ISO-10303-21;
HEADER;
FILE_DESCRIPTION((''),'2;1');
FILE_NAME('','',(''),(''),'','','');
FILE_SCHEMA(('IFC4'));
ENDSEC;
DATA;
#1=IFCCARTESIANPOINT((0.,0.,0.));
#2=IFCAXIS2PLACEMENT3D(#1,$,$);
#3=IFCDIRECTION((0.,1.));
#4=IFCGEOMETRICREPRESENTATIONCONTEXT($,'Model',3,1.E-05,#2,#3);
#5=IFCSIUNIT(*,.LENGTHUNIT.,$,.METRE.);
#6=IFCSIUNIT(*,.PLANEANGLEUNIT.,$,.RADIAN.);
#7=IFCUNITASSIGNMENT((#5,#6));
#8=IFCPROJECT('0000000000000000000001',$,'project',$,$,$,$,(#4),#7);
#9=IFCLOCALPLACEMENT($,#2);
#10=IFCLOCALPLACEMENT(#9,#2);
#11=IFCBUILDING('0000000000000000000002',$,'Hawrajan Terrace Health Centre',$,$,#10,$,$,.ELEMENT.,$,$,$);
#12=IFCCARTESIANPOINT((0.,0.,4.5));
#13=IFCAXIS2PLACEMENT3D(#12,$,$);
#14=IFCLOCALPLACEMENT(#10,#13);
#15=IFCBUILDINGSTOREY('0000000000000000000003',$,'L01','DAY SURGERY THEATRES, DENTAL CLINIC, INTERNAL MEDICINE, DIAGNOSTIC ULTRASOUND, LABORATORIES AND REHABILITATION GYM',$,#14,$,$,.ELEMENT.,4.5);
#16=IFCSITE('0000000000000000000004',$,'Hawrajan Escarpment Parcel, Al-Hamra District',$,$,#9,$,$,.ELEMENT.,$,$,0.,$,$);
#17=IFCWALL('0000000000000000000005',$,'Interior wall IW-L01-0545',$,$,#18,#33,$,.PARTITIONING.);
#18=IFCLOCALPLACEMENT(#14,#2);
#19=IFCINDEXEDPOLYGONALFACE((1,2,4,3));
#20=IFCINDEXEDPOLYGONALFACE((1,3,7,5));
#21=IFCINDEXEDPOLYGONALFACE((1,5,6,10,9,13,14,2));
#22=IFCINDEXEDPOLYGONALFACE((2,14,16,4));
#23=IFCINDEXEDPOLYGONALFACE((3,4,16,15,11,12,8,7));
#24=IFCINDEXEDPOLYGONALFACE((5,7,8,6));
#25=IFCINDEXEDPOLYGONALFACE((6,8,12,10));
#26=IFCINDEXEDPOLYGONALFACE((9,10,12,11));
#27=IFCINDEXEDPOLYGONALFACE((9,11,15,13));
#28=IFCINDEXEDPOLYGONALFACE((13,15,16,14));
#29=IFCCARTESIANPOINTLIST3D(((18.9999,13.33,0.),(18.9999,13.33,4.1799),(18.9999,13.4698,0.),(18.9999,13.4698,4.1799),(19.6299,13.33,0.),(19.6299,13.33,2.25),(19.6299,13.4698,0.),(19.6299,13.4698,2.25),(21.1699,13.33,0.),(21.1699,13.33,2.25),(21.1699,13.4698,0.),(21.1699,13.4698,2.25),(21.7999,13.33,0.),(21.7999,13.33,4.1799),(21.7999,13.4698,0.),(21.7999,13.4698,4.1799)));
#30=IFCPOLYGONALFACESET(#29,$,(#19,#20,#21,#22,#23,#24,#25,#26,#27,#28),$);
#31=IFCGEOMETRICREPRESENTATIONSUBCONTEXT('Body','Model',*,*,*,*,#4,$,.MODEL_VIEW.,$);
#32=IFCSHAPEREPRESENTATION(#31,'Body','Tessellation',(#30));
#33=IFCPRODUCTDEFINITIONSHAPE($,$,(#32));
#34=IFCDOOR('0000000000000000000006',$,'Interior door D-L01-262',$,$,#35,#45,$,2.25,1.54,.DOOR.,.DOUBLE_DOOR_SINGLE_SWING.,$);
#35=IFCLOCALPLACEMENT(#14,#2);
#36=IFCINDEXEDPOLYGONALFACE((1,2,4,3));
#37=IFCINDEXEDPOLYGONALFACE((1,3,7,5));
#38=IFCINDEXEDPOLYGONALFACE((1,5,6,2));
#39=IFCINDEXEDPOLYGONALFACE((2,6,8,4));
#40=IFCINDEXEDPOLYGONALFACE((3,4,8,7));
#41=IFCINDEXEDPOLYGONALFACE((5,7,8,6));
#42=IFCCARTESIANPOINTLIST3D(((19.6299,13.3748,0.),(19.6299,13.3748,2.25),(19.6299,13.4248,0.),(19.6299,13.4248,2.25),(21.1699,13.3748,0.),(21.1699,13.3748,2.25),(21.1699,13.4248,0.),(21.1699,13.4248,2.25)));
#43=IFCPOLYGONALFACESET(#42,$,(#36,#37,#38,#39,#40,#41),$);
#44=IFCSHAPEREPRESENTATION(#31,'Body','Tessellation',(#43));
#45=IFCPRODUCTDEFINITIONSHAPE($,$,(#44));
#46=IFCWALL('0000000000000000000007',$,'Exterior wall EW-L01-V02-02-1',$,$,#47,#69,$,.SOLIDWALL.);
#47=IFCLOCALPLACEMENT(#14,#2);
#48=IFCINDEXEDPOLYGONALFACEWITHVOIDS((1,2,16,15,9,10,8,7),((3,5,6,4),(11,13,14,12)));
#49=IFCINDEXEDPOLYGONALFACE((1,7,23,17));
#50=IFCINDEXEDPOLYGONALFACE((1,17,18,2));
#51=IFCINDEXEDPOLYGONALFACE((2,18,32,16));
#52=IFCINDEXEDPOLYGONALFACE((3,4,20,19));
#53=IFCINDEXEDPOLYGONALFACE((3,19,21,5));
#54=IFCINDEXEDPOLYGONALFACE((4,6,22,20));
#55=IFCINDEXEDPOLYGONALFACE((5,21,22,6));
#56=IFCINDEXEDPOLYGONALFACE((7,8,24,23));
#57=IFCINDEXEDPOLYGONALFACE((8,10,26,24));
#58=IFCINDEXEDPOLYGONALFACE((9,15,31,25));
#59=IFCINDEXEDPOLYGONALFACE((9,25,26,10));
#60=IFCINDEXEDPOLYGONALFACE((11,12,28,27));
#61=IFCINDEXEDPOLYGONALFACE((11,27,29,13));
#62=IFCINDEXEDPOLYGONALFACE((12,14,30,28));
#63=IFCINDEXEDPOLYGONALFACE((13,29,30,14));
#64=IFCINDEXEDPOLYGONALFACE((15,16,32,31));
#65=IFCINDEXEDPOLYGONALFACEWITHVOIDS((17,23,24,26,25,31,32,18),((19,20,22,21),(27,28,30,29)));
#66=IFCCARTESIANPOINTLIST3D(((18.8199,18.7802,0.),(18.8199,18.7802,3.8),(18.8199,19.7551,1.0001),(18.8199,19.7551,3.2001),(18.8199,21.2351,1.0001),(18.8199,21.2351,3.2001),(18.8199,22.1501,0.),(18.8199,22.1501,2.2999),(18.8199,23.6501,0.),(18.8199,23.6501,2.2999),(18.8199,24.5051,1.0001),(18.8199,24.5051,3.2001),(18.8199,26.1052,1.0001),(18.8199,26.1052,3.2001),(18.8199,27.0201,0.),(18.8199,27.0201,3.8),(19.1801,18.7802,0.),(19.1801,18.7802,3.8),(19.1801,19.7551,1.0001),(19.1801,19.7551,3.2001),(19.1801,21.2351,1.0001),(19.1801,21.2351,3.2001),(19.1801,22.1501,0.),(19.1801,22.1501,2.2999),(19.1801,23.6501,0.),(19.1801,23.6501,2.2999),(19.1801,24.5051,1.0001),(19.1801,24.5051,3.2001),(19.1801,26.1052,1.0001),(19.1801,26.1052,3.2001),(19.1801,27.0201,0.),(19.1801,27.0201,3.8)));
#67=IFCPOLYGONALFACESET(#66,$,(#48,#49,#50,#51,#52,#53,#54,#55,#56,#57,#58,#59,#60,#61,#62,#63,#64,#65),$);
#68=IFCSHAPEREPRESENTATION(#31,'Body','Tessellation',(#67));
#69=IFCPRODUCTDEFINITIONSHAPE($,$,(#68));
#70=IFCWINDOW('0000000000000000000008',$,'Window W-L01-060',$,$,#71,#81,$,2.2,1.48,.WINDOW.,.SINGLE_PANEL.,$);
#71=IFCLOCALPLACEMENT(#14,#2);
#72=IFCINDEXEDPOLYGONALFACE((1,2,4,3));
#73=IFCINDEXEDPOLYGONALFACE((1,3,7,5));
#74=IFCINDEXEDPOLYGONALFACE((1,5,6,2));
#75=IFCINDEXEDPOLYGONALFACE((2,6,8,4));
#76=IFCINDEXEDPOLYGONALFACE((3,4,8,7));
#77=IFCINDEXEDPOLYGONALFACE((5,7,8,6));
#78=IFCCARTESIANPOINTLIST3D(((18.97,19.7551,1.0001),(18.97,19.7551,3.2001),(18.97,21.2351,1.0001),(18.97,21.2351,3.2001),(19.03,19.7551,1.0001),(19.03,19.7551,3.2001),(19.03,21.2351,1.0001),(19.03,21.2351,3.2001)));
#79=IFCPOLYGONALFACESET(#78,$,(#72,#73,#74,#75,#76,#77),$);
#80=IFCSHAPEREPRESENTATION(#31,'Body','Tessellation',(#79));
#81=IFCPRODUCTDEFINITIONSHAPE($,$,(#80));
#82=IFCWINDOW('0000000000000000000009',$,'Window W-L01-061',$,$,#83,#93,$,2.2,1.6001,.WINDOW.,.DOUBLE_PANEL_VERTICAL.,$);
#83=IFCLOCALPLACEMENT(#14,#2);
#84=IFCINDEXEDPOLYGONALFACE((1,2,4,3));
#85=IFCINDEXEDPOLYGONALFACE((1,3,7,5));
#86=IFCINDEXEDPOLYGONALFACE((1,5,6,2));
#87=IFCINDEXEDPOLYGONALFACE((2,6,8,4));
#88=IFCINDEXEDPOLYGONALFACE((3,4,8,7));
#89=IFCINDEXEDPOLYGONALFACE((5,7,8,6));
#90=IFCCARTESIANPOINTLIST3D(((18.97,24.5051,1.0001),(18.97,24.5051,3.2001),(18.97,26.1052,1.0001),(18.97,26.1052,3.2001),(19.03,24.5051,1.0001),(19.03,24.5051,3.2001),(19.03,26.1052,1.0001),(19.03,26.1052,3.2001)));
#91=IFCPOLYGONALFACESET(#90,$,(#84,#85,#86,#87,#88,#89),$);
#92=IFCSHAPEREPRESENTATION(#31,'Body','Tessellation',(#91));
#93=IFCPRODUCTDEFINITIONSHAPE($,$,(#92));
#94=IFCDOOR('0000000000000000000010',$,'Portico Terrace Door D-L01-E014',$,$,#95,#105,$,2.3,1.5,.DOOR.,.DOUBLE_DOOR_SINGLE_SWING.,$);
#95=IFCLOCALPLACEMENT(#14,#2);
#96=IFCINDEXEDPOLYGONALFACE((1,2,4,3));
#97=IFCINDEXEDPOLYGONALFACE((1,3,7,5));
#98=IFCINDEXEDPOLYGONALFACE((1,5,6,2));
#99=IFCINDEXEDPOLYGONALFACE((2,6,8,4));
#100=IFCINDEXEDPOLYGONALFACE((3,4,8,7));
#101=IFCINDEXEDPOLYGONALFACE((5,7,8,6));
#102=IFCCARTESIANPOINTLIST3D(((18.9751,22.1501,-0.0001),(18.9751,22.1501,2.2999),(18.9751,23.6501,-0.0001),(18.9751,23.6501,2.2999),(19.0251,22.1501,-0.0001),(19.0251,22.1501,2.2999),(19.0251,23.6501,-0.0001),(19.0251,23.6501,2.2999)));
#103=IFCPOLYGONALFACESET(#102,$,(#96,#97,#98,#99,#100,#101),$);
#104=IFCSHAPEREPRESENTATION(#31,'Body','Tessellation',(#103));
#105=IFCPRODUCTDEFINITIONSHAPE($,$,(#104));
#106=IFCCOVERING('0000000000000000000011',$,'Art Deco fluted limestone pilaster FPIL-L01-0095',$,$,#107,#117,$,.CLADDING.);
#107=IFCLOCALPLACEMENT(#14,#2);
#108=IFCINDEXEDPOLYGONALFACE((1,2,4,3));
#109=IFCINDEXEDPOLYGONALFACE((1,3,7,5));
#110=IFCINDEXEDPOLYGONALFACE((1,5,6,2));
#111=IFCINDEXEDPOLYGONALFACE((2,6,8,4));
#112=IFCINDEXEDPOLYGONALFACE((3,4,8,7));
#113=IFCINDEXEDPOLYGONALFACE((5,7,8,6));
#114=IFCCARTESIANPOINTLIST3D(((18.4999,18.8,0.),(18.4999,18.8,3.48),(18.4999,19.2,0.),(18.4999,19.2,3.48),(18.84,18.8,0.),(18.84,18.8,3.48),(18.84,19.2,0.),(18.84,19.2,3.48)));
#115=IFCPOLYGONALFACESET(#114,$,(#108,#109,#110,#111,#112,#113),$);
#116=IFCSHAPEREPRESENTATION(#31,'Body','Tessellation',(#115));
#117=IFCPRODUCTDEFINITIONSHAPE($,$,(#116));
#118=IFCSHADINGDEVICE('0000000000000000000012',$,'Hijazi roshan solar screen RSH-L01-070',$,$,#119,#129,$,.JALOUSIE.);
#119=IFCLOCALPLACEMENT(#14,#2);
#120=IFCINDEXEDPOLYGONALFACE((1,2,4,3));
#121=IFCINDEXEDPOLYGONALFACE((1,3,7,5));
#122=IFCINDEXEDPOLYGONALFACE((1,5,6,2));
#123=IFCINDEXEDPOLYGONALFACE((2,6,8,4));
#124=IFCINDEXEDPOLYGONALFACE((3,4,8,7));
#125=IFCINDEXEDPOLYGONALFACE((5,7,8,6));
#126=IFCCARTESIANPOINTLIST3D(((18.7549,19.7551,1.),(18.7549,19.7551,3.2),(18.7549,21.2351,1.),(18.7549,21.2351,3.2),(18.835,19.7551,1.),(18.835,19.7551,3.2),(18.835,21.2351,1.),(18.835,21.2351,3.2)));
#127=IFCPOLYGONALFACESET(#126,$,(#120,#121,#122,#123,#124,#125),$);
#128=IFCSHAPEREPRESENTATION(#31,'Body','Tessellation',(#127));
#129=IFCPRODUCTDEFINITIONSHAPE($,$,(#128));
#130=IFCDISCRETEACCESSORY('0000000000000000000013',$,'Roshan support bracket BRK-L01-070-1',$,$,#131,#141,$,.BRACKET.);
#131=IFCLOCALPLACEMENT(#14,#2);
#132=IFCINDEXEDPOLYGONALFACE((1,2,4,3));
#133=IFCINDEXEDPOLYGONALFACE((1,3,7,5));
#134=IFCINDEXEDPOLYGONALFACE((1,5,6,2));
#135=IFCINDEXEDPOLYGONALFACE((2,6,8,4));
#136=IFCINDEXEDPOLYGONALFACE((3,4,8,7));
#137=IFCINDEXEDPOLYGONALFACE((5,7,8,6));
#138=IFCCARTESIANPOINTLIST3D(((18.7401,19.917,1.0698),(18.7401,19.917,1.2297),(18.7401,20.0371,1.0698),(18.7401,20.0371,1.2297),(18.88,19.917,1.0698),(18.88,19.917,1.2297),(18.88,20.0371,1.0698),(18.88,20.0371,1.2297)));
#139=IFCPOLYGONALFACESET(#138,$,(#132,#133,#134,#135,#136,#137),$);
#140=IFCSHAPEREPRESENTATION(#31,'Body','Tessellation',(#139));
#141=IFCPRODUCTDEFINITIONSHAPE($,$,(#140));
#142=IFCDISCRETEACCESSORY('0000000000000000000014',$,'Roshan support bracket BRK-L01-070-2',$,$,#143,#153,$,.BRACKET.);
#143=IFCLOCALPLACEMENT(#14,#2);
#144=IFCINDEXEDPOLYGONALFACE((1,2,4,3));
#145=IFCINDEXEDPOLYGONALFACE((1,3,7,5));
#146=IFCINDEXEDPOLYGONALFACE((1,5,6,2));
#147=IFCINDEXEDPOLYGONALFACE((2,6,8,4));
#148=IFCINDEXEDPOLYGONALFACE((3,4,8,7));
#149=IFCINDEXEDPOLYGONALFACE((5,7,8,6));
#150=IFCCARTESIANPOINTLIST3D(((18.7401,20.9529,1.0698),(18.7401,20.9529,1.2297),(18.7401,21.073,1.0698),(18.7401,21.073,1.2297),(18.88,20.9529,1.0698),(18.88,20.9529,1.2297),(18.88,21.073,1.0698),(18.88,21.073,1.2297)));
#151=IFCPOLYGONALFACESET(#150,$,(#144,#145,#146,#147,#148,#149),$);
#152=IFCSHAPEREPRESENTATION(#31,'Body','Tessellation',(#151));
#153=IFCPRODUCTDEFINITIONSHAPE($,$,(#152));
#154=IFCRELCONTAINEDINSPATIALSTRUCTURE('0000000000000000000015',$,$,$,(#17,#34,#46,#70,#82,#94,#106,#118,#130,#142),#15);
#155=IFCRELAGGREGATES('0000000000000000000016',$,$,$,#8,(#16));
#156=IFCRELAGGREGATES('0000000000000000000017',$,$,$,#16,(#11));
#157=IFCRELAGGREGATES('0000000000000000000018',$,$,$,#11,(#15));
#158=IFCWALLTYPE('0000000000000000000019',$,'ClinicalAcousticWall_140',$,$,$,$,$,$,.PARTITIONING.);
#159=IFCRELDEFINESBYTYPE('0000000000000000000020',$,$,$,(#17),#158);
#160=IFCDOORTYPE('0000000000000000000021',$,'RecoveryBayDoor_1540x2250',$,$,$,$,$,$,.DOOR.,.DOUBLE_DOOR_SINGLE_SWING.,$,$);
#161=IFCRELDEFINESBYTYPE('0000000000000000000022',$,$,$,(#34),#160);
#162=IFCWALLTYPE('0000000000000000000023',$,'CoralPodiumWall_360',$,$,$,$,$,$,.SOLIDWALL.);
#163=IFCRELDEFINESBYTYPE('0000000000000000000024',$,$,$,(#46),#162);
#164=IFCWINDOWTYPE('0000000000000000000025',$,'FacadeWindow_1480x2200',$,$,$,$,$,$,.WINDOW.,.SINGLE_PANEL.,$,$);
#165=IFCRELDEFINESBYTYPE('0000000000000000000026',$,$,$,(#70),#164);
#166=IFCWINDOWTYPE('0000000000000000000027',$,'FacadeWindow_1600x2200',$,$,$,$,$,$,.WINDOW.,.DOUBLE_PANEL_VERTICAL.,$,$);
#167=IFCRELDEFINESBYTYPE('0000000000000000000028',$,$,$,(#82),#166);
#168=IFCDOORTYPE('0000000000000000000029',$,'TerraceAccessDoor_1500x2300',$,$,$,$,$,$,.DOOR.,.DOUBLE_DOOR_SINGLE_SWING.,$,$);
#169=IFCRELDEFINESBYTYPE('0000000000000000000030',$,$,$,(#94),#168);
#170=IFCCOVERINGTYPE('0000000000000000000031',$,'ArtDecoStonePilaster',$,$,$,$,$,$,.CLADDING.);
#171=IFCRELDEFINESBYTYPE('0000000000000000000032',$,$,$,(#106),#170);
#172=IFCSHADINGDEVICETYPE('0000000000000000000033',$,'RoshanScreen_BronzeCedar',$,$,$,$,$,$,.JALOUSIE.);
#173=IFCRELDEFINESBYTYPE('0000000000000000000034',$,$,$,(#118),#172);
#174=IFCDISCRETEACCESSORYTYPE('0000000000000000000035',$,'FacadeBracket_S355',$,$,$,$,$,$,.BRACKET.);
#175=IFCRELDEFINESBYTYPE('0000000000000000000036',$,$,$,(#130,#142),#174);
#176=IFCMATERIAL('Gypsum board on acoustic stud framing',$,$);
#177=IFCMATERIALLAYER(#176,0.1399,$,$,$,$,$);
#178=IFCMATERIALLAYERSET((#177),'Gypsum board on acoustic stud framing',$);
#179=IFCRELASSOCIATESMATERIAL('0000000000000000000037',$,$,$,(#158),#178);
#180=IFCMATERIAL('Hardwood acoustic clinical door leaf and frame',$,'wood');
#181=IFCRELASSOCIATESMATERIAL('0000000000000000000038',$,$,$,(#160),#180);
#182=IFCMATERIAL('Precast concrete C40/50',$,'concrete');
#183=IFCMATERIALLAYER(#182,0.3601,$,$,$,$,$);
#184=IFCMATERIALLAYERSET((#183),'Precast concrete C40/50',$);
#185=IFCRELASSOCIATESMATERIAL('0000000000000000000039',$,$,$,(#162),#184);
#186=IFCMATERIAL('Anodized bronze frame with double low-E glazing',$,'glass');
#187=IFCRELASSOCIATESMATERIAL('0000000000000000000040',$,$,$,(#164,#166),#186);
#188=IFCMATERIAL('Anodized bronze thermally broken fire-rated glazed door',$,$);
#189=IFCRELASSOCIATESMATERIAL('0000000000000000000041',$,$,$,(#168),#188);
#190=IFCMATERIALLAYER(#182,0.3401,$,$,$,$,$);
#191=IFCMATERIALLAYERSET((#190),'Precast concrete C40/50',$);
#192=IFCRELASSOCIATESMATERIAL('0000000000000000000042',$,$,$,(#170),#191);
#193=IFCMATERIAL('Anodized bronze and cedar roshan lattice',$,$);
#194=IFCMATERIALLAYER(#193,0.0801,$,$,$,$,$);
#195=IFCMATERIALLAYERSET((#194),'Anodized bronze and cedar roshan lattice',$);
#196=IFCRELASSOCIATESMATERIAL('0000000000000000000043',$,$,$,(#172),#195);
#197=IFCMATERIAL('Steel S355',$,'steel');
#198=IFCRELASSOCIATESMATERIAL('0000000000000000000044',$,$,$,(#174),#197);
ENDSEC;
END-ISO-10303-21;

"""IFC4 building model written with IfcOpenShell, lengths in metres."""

from ifc_helpers import new_model, si_unit, direction, frame, frame_2d, origin, origin_2d, place, context, subcontext, project, spatial, rectangle, extrude, material, layer, layer_set, type_object, element, fill, save


model = new_model("IFC4")

# Units and contexts
model_context = context("Model", 3, precision=1e-05, world=origin(), true_north=direction((0.0, 1.0)))
body_context = subcontext(model_context, "Body", "Model", "MODEL_VIEW")
ifc_project = project(units=[si_unit("LENGTHUNIT", "METRE"), si_unit("PLANEANGLEUNIT", "RADIAN")], contexts=[model_context])

# Site, building, storey
site_placement = place(None, origin())
site = spatial("IfcSite", under=ifc_project, at=site_placement, Name="Hawrajan Escarpment Parcel, Al-Hamra District", CompositionType="ELEMENT", RefElevation=0.0)
building_placement = place(site_placement, origin())
building = spatial("IfcBuilding", under=site, at=building_placement, Name="Hawrajan Terrace Health Centre", CompositionType="ELEMENT")
storey_placement = place(building_placement, frame((0.0, 0.0, 4.5)))
storey = spatial("IfcBuildingStorey", under=building, at=storey_placement, Name="L01", Description="DAY SURGERY THEATRES, DENTAL CLINIC, INTERNAL MEDICINE, DIAGNOSTIC ULTRASOUND, LABORATORIES AND REHABILITATION GYM", CompositionType="ELEMENT", Elevation=4.5)

# Shared definitions
ifc_material_1 = material(Name="Steel S355", Category="steel")

# Shared definitions
ifc_material_2 = material(Name="Gypsum board on acoustic stud framing")
ifc_layer_1 = layer(ifc_material_2, 0.1399)
ifc_layer_set_1 = layer_set([ifc_layer_1], Name="Gypsum board on acoustic stud framing")
wall_type_1 = type_object("IfcWallType", Name="ClinicalAcousticWall_140", PredefinedType="PARTITIONING", material=ifc_layer_set_1)

# Wall, opening, door
wall_1_placement = place(storey_placement, frame((19.0, 13.3999, 0.0), z_axis=(0.0, 0.0, 1.0), x_axis=(1.0, 0.0, 0.0)))
wall_1 = element("IfcWall", 1, at=wall_1_placement, inside=storey, type_object=wall_type_1, Name="Interior wall IW-L01-0545", PredefinedType="PARTITIONING", context=body_context, shape_type="SweptSolid", body=[
    extrude(rectangle(XDim=2.8, YDim=0.1399, at=frame_2d((1.3999, 0.0))), origin(), (0.0, 0.0, 1.0), 4.1799),
])
opening_1_placement = place(wall_1_placement, frame((0.6299, 0.0, 0.0)))
opening_1 = element("IfcOpeningElement", 2, at=opening_1_placement, cuts=wall_1, PredefinedType="OPENING", context=body_context, shape_type="SweptSolid", body=[
    extrude(rectangle(XDim=1.54, YDim=2.25, at=frame_2d((0.77, 1.125))), frame((0.0, 0.0798, 0.0), z_axis=(0.0, -1.0, 0.0), x_axis=(1.0, 0.0, 0.0)), (0.0, 0.0, 1.0), 0.1599),
])
ifc_material_3 = material(Name="Hardwood acoustic clinical door leaf and frame", Category="wood")
door_type_1 = type_object("IfcDoorType", Name="RecoveryBayDoor_1540x2250", OperationType="DOUBLE_DOOR_SINGLE_SWING", PredefinedType="DOOR", material=ifc_material_3)
door_1_placement = place(opening_1_placement, origin())
door_1 = element("IfcDoor", 3, at=door_1_placement, inside=storey, type_object=door_type_1, Name="Interior door D-L01-262", OperationType="DOUBLE_DOOR_SINGLE_SWING", OverallHeight=2.25, OverallWidth=1.54, PredefinedType="DOOR", context=body_context, shape_type="SweptSolid", body=[
    extrude(rectangle(XDim=1.54, YDim=2.25, at=frame_2d((0.77, 1.125))), frame((0.0, 0.0249, 0.0), z_axis=(0.0, -1.0, 0.0), x_axis=(1.0, 0.0, 0.0)), (0.0, 0.0, 1.0), 0.05),
])
fill(opening_1, door_1)

# Wall, openings, windows, door
ifc_material_4 = material(Name="Precast concrete C40/50", Category="concrete")
ifc_layer_2 = layer(ifc_material_4, 0.3601)
ifc_layer_set_2 = layer_set([ifc_layer_2], Name="Precast concrete C40/50")
wall_type_2 = type_object("IfcWallType", Name="CoralPodiumWall_360", PredefinedType="SOLIDWALL", material=ifc_layer_set_2)
wall_2_placement = place(storey_placement, frame((19.0, 18.78, 0.0), z_axis=(0.0, 0.0, 1.0), x_axis=(0.0, 1.0, 0.0)))
wall_2 = element("IfcWall", 4, at=wall_2_placement, inside=storey, type_object=wall_type_2, Name="Exterior wall EW-L01-V02-02-1", PredefinedType="SOLIDWALL", context=body_context, shape_type="SweptSolid", body=[
    extrude(rectangle(XDim=8.24, YDim=0.3601, at=frame_2d((4.1201, 0.0))), origin(), (0.0, 0.0, 1.0), 3.8),
])
opening_2_placement = place(wall_2_placement, frame((3.3701, 0.0, 0.0)))
opening_2 = element("IfcOpeningElement", 5, at=opening_2_placement, cuts=wall_2, PredefinedType="OPENING", context=body_context, shape_type="SweptSolid", body=[
    extrude(rectangle(XDim=1.5, YDim=2.3, at=frame_2d((0.75, 1.1499))), frame((0.0, 0.1899, 0.0), z_axis=(0.0, -1.0, 0.0), x_axis=(1.0, 0.0, 0.0)), (0.0, 0.0, 1.0), 0.3801),
])
opening_3_placement = place(wall_2_placement, frame((0.9751, 0.0, 1.0)))
opening_3 = element("IfcOpeningElement", 6, at=opening_3_placement, cuts=wall_2, PredefinedType="OPENING", context=body_context, shape_type="SweptSolid", body=[
    extrude(rectangle(XDim=1.48, YDim=2.2, at=frame_2d((0.74, 1.1001))), frame((0.0, 0.1899, 0.0), z_axis=(0.0, -1.0, 0.0), x_axis=(1.0, 0.0, 0.0)), (0.0, 0.0, 1.0), 0.3801),
])
opening_4_placement = place(wall_2_placement, frame((5.7251, 0.0, 1.0)))
opening_4 = element("IfcOpeningElement", 7, at=opening_4_placement, cuts=wall_2, PredefinedType="OPENING", context=body_context, shape_type="SweptSolid", body=[
    extrude(rectangle(XDim=1.6001, YDim=2.2, at=frame_2d((0.8, 1.1001))), frame((0.0, 0.1899, 0.0), z_axis=(0.0, -1.0, 0.0), x_axis=(1.0, 0.0, 0.0)), (0.0, 0.0, 1.0), 0.3801),
])
ifc_material_5 = material(Name="Anodized bronze frame with double low-E glazing", Category="glass")
window_type_1 = type_object("IfcWindowType", Name="FacadeWindow_1480x2200", PartitioningType="SINGLE_PANEL", PredefinedType="WINDOW", material=ifc_material_5)
window_1_placement = place(opening_3_placement, origin())
window_1 = element("IfcWindow", 8, at=window_1_placement, inside=storey, type_object=window_type_1, Name="Window W-L01-060", OverallHeight=2.2, OverallWidth=1.48, PartitioningType="SINGLE_PANEL", PredefinedType="WINDOW", context=body_context, shape_type="SweptSolid", body=[
    extrude(rectangle(XDim=1.48, YDim=2.2, at=frame_2d((0.74, 1.1001))), frame((0.0, 0.03, 0.0), z_axis=(0.0, -1.0, 0.0), x_axis=(1.0, 0.0, 0.0)), (0.0, 0.0, 1.0), 0.0601),
])
fill(opening_3, window_1)
window_type_2 = type_object("IfcWindowType", Name="FacadeWindow_1600x2200", PartitioningType="DOUBLE_PANEL_VERTICAL", PredefinedType="WINDOW", material=ifc_material_5)
window_2_placement = place(opening_4_placement, origin())
window_2 = element("IfcWindow", 9, at=window_2_placement, inside=storey, type_object=window_type_2, Name="Window W-L01-061", OverallHeight=2.2, OverallWidth=1.6001, PartitioningType="DOUBLE_PANEL_VERTICAL", PredefinedType="WINDOW", context=body_context, shape_type="SweptSolid", body=[
    extrude(rectangle(XDim=1.6001, YDim=2.2, at=frame_2d((0.8, 1.1001))), frame((0.0, 0.03, 0.0), z_axis=(0.0, -1.0, 0.0), x_axis=(1.0, 0.0, 0.0)), (0.0, 0.0, 1.0), 0.0601),
])
fill(opening_4, window_2)
ifc_material_6 = material(Name="Anodized bronze thermally broken fire-rated glazed door")
door_type_2 = type_object("IfcDoorType", Name="TerraceAccessDoor_1500x2300", OperationType="DOUBLE_DOOR_SINGLE_SWING", PredefinedType="DOOR", material=ifc_material_6)
door_2_placement = place(opening_2_placement, origin())
door_2 = element("IfcDoor", 10, at=door_2_placement, inside=storey, type_object=door_type_2, Name="Portico Terrace Door D-L01-E014", OperationType="DOUBLE_DOOR_SINGLE_SWING", OverallHeight=2.3, OverallWidth=1.5, PredefinedType="DOOR", context=body_context, shape_type="SweptSolid", body=[
    extrude(rectangle(XDim=1.5, YDim=2.3, at=frame_2d((0.75, 1.1499))), frame((0.0, 0.0249, 0.0), z_axis=(0.0, -1.0, 0.0), x_axis=(1.0, 0.0, 0.0)), (0.0, 0.0, 1.0), 0.05),
])
fill(opening_2, door_2)

# Covering
ifc_layer_3 = layer(ifc_material_4, 0.3401)
ifc_layer_set_3 = layer_set([ifc_layer_3], Name="Precast concrete C40/50")
covering_type = type_object("IfcCoveringType", Name="ArtDecoStonePilaster", PredefinedType="CLADDING", material=ifc_layer_set_3)
covering_placement = place(storey_placement, frame((18.6699, 19.0, 0.0), z_axis=(0.0, 0.0, 1.0), x_axis=(0.0, 1.0, 0.0)))
element("IfcCovering", 11, at=covering_placement, inside=storey, type_object=covering_type, Name="Art Deco fluted limestone pilaster FPIL-L01-0095", PredefinedType="CLADDING", context=body_context, shape_type="SweptSolid", body=[
    extrude(rectangle(XDim=0.3999, YDim=0.3401, at=origin_2d()), origin(), (0.0, 0.0, 1.0), 3.48),
])

# Shading device
ifc_material_7 = material(Name="Anodized bronze and cedar roshan lattice")
ifc_layer_4 = layer(ifc_material_7, 0.0801)
ifc_layer_set_4 = layer_set([ifc_layer_4], Name="Anodized bronze and cedar roshan lattice")
shading_device_type = type_object("IfcShadingDeviceType", Name="RoshanScreen_BronzeCedar", PredefinedType="JALOUSIE", material=ifc_layer_set_4)
shading_device_placement = place(storey_placement, frame((18.7949, 20.4951, 1.0), z_axis=(0.0, 0.0, 1.0), x_axis=(0.0, 1.0, 0.0)))
element("IfcShadingDevice", 12, at=shading_device_placement, inside=storey, type_object=shading_device_type, Name="Hijazi roshan solar screen RSH-L01-070", PredefinedType="JALOUSIE", context=body_context, shape_type="SweptSolid", body=[
    extrude(rectangle(XDim=1.48, YDim=0.0801, at=origin_2d()), origin(), (0.0, 0.0, 1.0), 2.2),
])

# Discrete accessories
discrete_accessory_type = type_object("IfcDiscreteAccessoryType", Name="FacadeBracket_S355", PredefinedType="BRACKET", material=ifc_material_1)
for number, where, z_axis, x_axis, name in (
    (13, (18.8101, 19.9771, 1.0698), (0.0, 0.0, 1.0), (0.0, 1.0, 0.0), "Roshan support bracket BRK-L01-070-1"),
    (14, (18.8101, 21.0129, 1.0698), (0.0, 0.0, 1.0), (0.0, 1.0, 0.0), "Roshan support bracket BRK-L01-070-2"),
):
    element("IfcDiscreteAccessory", number, at=place(storey_placement, frame(where, z_axis=z_axis, x_axis=x_axis)), inside=storey, type_object=discrete_accessory_type, Name=name, PredefinedType="BRACKET", context=body_context, shape_type="SweptSolid", body=[
        extrude(rectangle(XDim=0.1201, YDim=0.1399, at=origin_2d()), origin(), (0.0, 0.0, 1.0), 0.1599),
    ])

save(model, "model.ifc")
